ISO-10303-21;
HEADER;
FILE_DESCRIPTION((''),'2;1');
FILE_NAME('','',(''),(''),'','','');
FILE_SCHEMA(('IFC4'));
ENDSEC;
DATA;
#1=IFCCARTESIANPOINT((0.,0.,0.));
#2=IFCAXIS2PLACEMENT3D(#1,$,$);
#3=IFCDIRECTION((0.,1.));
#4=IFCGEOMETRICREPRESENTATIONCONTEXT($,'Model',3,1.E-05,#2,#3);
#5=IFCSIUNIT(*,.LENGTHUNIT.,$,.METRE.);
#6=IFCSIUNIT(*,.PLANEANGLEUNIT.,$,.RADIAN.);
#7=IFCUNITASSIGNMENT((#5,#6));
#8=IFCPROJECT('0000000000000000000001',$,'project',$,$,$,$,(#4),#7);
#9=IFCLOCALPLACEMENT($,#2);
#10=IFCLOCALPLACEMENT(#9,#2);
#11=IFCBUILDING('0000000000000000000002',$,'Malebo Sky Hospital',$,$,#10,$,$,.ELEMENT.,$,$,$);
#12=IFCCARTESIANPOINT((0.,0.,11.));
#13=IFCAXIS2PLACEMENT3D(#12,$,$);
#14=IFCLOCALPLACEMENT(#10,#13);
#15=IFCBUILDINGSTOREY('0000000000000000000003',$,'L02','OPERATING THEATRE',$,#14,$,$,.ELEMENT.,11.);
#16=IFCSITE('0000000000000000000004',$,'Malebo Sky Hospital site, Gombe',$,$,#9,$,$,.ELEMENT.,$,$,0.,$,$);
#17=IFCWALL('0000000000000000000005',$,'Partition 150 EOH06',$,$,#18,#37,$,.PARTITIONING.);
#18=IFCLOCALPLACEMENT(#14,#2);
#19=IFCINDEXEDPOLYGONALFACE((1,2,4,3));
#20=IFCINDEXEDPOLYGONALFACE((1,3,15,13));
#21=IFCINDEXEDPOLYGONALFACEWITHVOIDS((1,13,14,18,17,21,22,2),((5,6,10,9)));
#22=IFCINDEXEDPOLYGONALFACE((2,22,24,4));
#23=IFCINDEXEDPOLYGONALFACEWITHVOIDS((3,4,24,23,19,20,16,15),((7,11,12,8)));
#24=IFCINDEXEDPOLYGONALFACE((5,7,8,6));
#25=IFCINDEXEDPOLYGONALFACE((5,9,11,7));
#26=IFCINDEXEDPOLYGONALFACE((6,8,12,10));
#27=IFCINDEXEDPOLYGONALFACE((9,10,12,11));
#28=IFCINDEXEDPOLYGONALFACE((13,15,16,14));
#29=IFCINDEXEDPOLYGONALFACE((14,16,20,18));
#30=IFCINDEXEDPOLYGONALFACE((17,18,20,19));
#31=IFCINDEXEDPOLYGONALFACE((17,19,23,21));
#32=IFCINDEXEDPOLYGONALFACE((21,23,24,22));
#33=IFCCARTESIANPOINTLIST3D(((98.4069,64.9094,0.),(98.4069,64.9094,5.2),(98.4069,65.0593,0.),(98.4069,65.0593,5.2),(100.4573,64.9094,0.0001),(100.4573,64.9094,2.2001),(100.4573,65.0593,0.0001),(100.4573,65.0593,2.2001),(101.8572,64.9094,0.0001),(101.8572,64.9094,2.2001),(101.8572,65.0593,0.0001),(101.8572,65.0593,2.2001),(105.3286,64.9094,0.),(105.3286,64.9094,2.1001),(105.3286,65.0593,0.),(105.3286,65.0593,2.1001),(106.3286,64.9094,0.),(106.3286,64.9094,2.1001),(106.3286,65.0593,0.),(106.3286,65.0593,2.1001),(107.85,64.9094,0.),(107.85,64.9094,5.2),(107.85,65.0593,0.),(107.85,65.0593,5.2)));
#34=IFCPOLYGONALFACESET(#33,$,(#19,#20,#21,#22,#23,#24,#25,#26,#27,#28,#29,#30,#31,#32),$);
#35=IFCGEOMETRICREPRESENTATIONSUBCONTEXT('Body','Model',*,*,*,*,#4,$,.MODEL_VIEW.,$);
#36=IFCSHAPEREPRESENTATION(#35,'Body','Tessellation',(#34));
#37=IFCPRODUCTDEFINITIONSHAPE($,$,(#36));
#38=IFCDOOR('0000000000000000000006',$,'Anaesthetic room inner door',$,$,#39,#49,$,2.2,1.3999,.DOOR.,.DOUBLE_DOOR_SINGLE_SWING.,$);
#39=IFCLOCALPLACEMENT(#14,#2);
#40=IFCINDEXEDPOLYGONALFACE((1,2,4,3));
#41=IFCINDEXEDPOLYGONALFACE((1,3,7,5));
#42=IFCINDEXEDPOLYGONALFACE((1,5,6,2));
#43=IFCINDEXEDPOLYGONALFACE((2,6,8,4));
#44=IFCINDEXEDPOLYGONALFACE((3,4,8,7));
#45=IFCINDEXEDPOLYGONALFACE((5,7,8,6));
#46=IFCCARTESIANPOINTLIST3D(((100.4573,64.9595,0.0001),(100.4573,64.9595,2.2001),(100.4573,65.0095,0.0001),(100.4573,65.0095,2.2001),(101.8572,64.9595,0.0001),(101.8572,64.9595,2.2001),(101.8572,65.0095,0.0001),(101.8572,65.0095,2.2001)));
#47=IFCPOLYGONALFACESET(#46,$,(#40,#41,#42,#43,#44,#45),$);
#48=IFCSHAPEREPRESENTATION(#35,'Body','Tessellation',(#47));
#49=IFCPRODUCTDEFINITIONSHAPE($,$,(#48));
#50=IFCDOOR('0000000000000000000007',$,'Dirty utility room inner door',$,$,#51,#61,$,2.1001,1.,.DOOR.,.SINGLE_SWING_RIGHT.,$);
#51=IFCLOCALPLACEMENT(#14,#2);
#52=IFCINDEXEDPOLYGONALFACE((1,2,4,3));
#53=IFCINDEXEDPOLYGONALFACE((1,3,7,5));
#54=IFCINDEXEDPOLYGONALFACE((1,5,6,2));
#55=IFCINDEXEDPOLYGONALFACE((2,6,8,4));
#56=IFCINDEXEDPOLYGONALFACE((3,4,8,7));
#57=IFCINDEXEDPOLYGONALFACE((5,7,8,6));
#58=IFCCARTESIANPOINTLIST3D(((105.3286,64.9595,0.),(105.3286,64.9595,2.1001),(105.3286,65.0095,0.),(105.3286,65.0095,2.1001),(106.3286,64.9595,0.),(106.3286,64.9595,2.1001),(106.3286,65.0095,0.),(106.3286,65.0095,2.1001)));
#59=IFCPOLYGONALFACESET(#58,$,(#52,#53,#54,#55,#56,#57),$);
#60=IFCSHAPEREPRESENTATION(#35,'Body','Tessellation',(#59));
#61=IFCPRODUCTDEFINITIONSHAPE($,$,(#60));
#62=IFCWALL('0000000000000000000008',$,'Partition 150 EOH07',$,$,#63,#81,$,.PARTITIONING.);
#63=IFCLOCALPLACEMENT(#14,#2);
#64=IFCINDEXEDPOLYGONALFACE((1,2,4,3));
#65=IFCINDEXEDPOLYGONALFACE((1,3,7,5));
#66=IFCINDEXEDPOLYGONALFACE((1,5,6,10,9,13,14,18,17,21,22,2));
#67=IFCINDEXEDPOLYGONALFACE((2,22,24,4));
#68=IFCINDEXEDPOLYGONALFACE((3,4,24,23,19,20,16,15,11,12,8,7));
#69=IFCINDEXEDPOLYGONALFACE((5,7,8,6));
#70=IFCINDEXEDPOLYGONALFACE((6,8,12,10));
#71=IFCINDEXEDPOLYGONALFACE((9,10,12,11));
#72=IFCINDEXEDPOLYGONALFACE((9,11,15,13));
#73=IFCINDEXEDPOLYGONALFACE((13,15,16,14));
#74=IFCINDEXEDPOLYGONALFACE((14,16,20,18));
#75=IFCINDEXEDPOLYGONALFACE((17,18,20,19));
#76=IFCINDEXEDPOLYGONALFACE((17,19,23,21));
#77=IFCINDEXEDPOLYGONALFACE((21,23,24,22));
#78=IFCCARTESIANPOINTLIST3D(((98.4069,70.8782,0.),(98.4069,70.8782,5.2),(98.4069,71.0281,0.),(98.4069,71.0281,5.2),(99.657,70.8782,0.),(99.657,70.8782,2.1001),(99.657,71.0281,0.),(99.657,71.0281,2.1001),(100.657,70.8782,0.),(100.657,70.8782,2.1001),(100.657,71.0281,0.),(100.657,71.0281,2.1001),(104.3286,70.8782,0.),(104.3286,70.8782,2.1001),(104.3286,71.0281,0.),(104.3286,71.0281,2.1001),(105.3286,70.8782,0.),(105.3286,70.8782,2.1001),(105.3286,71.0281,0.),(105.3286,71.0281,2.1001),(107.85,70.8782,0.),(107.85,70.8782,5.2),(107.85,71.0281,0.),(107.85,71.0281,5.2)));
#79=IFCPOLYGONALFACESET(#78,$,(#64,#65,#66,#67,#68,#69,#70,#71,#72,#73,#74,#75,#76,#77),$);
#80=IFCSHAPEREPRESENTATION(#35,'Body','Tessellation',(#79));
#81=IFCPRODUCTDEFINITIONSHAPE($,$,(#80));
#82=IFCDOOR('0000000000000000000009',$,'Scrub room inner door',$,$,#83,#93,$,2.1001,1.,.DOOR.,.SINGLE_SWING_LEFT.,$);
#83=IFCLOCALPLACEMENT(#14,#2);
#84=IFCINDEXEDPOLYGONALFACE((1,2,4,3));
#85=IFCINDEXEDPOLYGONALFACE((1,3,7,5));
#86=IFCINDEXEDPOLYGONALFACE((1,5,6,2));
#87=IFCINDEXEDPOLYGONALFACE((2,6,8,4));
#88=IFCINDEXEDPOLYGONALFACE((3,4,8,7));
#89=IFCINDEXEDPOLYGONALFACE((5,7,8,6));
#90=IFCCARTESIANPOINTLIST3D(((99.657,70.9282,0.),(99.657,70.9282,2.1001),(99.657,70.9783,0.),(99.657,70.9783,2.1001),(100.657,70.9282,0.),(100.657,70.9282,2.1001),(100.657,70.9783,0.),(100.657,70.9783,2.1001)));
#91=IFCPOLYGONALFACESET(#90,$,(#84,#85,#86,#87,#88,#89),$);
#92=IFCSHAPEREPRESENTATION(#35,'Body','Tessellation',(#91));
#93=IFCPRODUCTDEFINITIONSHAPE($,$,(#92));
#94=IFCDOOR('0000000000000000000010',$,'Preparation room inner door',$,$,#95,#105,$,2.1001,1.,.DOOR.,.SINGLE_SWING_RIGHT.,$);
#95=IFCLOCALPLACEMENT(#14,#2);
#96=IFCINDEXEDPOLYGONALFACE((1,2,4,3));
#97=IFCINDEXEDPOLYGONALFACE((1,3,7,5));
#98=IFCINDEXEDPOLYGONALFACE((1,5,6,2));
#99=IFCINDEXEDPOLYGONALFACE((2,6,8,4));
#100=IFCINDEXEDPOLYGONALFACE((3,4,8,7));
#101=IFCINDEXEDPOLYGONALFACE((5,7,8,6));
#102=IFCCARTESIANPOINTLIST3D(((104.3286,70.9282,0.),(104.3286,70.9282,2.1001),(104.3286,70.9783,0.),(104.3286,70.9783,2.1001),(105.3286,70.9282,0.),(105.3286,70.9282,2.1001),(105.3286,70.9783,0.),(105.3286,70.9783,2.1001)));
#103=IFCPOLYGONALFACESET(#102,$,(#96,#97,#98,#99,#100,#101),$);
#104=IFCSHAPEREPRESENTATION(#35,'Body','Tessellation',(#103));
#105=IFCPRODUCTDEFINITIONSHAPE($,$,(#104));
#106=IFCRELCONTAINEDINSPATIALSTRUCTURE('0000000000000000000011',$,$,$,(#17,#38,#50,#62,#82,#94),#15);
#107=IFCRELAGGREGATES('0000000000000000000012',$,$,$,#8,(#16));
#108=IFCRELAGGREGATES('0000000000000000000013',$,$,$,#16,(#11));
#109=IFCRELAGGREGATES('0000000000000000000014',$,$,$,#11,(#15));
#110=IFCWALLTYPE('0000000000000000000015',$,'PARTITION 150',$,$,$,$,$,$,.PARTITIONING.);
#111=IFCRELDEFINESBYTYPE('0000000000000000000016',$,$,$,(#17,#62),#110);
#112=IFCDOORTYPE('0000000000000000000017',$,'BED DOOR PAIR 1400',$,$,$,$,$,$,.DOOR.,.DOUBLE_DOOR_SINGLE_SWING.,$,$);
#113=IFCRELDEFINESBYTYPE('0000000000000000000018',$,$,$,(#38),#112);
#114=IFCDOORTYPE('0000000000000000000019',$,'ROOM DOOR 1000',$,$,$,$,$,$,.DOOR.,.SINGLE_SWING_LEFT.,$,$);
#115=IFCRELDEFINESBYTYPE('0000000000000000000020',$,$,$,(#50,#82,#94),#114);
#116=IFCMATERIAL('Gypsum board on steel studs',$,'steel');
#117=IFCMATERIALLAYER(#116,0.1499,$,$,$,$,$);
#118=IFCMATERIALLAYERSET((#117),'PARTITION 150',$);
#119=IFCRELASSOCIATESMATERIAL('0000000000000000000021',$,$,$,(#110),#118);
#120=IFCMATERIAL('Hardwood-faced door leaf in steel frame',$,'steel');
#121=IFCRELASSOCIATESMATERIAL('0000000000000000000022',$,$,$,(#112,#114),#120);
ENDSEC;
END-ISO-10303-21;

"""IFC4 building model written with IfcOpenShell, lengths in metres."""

from ifc_helpers import new_model, si_unit, direction, frame, frame_2d, origin, place, context, subcontext, project, spatial, rectangle, extrude, material, layer, layer_set, type_object, element, fill, save


model = new_model("IFC4")

# Units and contexts
model_context = context("Model", 3, precision=1e-05, world=origin(), true_north=direction((0.0, 1.0)))
body_context = subcontext(model_context, "Body", "Model", "MODEL_VIEW")
ifc_project = project(units=[si_unit("LENGTHUNIT", "METRE"), si_unit("PLANEANGLEUNIT", "RADIAN")], contexts=[model_context])

# Site, building, storey
site_placement = place(None, origin())
site = spatial("IfcSite", under=ifc_project, at=site_placement, Name="Malebo Sky Hospital site, Gombe", CompositionType="ELEMENT", RefElevation=0.0)
building_placement = place(site_placement, origin())
building = spatial("IfcBuilding", under=site, at=building_placement, Name="Malebo Sky Hospital", CompositionType="ELEMENT")
storey_placement = place(building_placement, frame((0.0, 0.0, 11.0)))
storey = spatial("IfcBuildingStorey", under=building, at=storey_placement, Name="L02", Description="OPERATING THEATRE", CompositionType="ELEMENT", Elevation=11.0)

# Shared definitions
ifc_material_1 = material(Name="Gypsum board on steel studs", Category="steel")
ifc_layer_1 = layer(ifc_material_1, 0.1499)
ifc_layer_set_1 = layer_set([ifc_layer_1], Name="PARTITION 150")
wall_type = type_object("IfcWallType", Name="PARTITION 150", PredefinedType="PARTITIONING", material=ifc_layer_set_1)

# Walls, openings, doors
wall_1_placement = place(storey_placement, frame((107.8501, 64.9844, 0.0), z_axis=(0.0, 0.0, 1.0), x_axis=(-1.0, 0.0, 0.0)))
wall_1 = element("IfcWall", 1, at=wall_1_placement, inside=storey, type_object=wall_type, Name="Partition 150 EOH06", PredefinedType="PARTITIONING", context=body_context, shape_type="SweptSolid", body=[
    extrude(rectangle(XDim=9.4431, YDim=0.1499, at=frame_2d((4.7217, 0.0))), origin(), (0.0, 0.0, 1.0), 5.2),
])
opening_1_placement = place(wall_1_placement, frame((5.9929, 0.0, 0.0)))
opening_1 = element("IfcOpeningElement", 2, at=opening_1_placement, cuts=wall_1, PredefinedType="OPENING", context=body_context, shape_type="SweptSolid", body=[
    extrude(rectangle(XDim=1.3999, YDim=2.2, at=frame_2d((0.7, 1.1001))), frame((0.0, 0.085, 0.0), z_axis=(0.0, -1.0, 0.0), x_axis=(1.0, 0.0, 0.0)), (0.0, 0.0, 1.0), 0.1699),
])
opening_2_placement = place(wall_1_placement, frame((1.5215, 0.0, 0.0)))
opening_2 = element("IfcOpeningElement", 3, at=opening_2_placement, cuts=wall_1, PredefinedType="OPENING", context=body_context, shape_type="SweptSolid", body=[
    extrude(rectangle(XDim=1.0, YDim=2.1001, at=frame_2d((0.5, 1.05))), frame((0.0, 0.085, 0.0), z_axis=(0.0, -1.0, 0.0), x_axis=(1.0, 0.0, 0.0)), (0.0, 0.0, 1.0), 0.1699),
])
ifc_material_2 = material(Name="Hardwood-faced door leaf in steel frame", Category="steel")
door_type_1 = type_object("IfcDoorType", Name="BED DOOR PAIR 1400", OperationType="DOUBLE_DOOR_SINGLE_SWING", PredefinedType="DOOR", material=ifc_material_2)
door_1_placement = place(opening_1_placement, origin())
door_1 = element("IfcDoor", 4, at=door_1_placement, inside=storey, type_object=door_type_1, Name="Anaesthetic room inner door", OperationType="DOUBLE_DOOR_SINGLE_SWING", OverallHeight=2.2, OverallWidth=1.3999, PredefinedType="DOOR", context=body_context, shape_type="SweptSolid", body=[
    extrude(rectangle(XDim=1.3999, YDim=2.2, at=frame_2d((0.7, 1.1001))), frame((0.0, 0.0249, 0.0), z_axis=(0.0, -1.0, 0.0), x_axis=(1.0, 0.0, 0.0)), (0.0, 0.0, 1.0), 0.05),
])
fill(opening_1, door_1)
door_type_2 = type_object("IfcDoorType", Name="ROOM DOOR 1000", OperationType="SINGLE_SWING_LEFT", PredefinedType="DOOR", material=ifc_material_2)
door_2_placement = place(opening_2_placement, origin())
door_2 = element("IfcDoor", 5, at=door_2_placement, inside=storey, type_object=door_type_2, Name="Dirty utility room inner door", OperationType="SINGLE_SWING_RIGHT", OverallHeight=2.1001, OverallWidth=1.0, PredefinedType="DOOR", context=body_context, shape_type="SweptSolid", body=[
    extrude(rectangle(XDim=1.0, YDim=2.1001, at=frame_2d((0.5, 1.05))), frame((0.0, 0.0249, 0.0), z_axis=(0.0, -1.0, 0.0), x_axis=(1.0, 0.0, 0.0)), (0.0, 0.0, 1.0), 0.05),
])
fill(opening_2, door_2)
wall_2_placement = place(storey_placement, frame((107.8501, 70.9531, 0.0), z_axis=(0.0, 0.0, 1.0), x_axis=(-1.0, 0.0, 0.0)))
wall_2 = element("IfcWall", 6, at=wall_2_placement, inside=storey, type_object=wall_type, Name="Partition 150 EOH07", PredefinedType="PARTITIONING", context=body_context, shape_type="SweptSolid", body=[
    extrude(rectangle(XDim=9.4431, YDim=0.1499, at=frame_2d((4.7217, 0.0))), origin(), (0.0, 0.0, 1.0), 5.2),
])
opening_3_placement = place(wall_2_placement, frame((7.1931, 0.0, 0.0)))
opening_3 = element("IfcOpeningElement", 7, at=opening_3_placement, cuts=wall_2, PredefinedType="OPENING", context=body_context, shape_type="SweptSolid", body=[
    extrude(rectangle(XDim=1.0, YDim=2.1001, at=frame_2d((0.5, 1.05))), frame((0.0, 0.085, 0.0), z_axis=(0.0, -1.0, 0.0), x_axis=(1.0, 0.0, 0.0)), (0.0, 0.0, 1.0), 0.1699),
])
opening_4_placement = place(wall_2_placement, frame((2.5215, 0.0, 0.0)))
opening_4 = element("IfcOpeningElement", 8, at=opening_4_placement, cuts=wall_2, PredefinedType="OPENING", context=body_context, shape_type="SweptSolid", body=[
    extrude(rectangle(XDim=1.0, YDim=2.1001, at=frame_2d((0.5, 1.05))), frame((0.0, 0.085, 0.0), z_axis=(0.0, -1.0, 0.0), x_axis=(1.0, 0.0, 0.0)), (0.0, 0.0, 1.0), 0.1699),
])
door_3_placement = place(opening_3_placement, origin())
door_3 = element("IfcDoor", 9, at=door_3_placement, inside=storey, type_object=door_type_2, Name="Scrub room inner door", OperationType="SINGLE_SWING_LEFT", OverallHeight=2.1001, OverallWidth=1.0, PredefinedType="DOOR", context=body_context, shape_type="SweptSolid", body=[
    extrude(rectangle(XDim=1.0, YDim=2.1001, at=frame_2d((0.5, 1.05))), frame((0.0, 0.0249, 0.0), z_axis=(0.0, -1.0, 0.0), x_axis=(1.0, 0.0, 0.0)), (0.0, 0.0, 1.0), 0.05),
])
fill(opening_3, door_3)
door_4_placement = place(opening_4_placement, origin())
door_4 = element("IfcDoor", 10, at=door_4_placement, inside=storey, type_object=door_type_2, Name="Preparation room inner door", OperationType="SINGLE_SWING_RIGHT", OverallHeight=2.1001, OverallWidth=1.0, PredefinedType="DOOR", context=body_context, shape_type="SweptSolid", body=[
    extrude(rectangle(XDim=1.0, YDim=2.1001, at=frame_2d((0.5, 1.05))), frame((0.0, 0.0249, 0.0), z_axis=(0.0, -1.0, 0.0), x_axis=(1.0, 0.0, 0.0)), (0.0, 0.0, 1.0), 0.05),
])
fill(opening_4, door_4)

save(model, "model.ifc")
